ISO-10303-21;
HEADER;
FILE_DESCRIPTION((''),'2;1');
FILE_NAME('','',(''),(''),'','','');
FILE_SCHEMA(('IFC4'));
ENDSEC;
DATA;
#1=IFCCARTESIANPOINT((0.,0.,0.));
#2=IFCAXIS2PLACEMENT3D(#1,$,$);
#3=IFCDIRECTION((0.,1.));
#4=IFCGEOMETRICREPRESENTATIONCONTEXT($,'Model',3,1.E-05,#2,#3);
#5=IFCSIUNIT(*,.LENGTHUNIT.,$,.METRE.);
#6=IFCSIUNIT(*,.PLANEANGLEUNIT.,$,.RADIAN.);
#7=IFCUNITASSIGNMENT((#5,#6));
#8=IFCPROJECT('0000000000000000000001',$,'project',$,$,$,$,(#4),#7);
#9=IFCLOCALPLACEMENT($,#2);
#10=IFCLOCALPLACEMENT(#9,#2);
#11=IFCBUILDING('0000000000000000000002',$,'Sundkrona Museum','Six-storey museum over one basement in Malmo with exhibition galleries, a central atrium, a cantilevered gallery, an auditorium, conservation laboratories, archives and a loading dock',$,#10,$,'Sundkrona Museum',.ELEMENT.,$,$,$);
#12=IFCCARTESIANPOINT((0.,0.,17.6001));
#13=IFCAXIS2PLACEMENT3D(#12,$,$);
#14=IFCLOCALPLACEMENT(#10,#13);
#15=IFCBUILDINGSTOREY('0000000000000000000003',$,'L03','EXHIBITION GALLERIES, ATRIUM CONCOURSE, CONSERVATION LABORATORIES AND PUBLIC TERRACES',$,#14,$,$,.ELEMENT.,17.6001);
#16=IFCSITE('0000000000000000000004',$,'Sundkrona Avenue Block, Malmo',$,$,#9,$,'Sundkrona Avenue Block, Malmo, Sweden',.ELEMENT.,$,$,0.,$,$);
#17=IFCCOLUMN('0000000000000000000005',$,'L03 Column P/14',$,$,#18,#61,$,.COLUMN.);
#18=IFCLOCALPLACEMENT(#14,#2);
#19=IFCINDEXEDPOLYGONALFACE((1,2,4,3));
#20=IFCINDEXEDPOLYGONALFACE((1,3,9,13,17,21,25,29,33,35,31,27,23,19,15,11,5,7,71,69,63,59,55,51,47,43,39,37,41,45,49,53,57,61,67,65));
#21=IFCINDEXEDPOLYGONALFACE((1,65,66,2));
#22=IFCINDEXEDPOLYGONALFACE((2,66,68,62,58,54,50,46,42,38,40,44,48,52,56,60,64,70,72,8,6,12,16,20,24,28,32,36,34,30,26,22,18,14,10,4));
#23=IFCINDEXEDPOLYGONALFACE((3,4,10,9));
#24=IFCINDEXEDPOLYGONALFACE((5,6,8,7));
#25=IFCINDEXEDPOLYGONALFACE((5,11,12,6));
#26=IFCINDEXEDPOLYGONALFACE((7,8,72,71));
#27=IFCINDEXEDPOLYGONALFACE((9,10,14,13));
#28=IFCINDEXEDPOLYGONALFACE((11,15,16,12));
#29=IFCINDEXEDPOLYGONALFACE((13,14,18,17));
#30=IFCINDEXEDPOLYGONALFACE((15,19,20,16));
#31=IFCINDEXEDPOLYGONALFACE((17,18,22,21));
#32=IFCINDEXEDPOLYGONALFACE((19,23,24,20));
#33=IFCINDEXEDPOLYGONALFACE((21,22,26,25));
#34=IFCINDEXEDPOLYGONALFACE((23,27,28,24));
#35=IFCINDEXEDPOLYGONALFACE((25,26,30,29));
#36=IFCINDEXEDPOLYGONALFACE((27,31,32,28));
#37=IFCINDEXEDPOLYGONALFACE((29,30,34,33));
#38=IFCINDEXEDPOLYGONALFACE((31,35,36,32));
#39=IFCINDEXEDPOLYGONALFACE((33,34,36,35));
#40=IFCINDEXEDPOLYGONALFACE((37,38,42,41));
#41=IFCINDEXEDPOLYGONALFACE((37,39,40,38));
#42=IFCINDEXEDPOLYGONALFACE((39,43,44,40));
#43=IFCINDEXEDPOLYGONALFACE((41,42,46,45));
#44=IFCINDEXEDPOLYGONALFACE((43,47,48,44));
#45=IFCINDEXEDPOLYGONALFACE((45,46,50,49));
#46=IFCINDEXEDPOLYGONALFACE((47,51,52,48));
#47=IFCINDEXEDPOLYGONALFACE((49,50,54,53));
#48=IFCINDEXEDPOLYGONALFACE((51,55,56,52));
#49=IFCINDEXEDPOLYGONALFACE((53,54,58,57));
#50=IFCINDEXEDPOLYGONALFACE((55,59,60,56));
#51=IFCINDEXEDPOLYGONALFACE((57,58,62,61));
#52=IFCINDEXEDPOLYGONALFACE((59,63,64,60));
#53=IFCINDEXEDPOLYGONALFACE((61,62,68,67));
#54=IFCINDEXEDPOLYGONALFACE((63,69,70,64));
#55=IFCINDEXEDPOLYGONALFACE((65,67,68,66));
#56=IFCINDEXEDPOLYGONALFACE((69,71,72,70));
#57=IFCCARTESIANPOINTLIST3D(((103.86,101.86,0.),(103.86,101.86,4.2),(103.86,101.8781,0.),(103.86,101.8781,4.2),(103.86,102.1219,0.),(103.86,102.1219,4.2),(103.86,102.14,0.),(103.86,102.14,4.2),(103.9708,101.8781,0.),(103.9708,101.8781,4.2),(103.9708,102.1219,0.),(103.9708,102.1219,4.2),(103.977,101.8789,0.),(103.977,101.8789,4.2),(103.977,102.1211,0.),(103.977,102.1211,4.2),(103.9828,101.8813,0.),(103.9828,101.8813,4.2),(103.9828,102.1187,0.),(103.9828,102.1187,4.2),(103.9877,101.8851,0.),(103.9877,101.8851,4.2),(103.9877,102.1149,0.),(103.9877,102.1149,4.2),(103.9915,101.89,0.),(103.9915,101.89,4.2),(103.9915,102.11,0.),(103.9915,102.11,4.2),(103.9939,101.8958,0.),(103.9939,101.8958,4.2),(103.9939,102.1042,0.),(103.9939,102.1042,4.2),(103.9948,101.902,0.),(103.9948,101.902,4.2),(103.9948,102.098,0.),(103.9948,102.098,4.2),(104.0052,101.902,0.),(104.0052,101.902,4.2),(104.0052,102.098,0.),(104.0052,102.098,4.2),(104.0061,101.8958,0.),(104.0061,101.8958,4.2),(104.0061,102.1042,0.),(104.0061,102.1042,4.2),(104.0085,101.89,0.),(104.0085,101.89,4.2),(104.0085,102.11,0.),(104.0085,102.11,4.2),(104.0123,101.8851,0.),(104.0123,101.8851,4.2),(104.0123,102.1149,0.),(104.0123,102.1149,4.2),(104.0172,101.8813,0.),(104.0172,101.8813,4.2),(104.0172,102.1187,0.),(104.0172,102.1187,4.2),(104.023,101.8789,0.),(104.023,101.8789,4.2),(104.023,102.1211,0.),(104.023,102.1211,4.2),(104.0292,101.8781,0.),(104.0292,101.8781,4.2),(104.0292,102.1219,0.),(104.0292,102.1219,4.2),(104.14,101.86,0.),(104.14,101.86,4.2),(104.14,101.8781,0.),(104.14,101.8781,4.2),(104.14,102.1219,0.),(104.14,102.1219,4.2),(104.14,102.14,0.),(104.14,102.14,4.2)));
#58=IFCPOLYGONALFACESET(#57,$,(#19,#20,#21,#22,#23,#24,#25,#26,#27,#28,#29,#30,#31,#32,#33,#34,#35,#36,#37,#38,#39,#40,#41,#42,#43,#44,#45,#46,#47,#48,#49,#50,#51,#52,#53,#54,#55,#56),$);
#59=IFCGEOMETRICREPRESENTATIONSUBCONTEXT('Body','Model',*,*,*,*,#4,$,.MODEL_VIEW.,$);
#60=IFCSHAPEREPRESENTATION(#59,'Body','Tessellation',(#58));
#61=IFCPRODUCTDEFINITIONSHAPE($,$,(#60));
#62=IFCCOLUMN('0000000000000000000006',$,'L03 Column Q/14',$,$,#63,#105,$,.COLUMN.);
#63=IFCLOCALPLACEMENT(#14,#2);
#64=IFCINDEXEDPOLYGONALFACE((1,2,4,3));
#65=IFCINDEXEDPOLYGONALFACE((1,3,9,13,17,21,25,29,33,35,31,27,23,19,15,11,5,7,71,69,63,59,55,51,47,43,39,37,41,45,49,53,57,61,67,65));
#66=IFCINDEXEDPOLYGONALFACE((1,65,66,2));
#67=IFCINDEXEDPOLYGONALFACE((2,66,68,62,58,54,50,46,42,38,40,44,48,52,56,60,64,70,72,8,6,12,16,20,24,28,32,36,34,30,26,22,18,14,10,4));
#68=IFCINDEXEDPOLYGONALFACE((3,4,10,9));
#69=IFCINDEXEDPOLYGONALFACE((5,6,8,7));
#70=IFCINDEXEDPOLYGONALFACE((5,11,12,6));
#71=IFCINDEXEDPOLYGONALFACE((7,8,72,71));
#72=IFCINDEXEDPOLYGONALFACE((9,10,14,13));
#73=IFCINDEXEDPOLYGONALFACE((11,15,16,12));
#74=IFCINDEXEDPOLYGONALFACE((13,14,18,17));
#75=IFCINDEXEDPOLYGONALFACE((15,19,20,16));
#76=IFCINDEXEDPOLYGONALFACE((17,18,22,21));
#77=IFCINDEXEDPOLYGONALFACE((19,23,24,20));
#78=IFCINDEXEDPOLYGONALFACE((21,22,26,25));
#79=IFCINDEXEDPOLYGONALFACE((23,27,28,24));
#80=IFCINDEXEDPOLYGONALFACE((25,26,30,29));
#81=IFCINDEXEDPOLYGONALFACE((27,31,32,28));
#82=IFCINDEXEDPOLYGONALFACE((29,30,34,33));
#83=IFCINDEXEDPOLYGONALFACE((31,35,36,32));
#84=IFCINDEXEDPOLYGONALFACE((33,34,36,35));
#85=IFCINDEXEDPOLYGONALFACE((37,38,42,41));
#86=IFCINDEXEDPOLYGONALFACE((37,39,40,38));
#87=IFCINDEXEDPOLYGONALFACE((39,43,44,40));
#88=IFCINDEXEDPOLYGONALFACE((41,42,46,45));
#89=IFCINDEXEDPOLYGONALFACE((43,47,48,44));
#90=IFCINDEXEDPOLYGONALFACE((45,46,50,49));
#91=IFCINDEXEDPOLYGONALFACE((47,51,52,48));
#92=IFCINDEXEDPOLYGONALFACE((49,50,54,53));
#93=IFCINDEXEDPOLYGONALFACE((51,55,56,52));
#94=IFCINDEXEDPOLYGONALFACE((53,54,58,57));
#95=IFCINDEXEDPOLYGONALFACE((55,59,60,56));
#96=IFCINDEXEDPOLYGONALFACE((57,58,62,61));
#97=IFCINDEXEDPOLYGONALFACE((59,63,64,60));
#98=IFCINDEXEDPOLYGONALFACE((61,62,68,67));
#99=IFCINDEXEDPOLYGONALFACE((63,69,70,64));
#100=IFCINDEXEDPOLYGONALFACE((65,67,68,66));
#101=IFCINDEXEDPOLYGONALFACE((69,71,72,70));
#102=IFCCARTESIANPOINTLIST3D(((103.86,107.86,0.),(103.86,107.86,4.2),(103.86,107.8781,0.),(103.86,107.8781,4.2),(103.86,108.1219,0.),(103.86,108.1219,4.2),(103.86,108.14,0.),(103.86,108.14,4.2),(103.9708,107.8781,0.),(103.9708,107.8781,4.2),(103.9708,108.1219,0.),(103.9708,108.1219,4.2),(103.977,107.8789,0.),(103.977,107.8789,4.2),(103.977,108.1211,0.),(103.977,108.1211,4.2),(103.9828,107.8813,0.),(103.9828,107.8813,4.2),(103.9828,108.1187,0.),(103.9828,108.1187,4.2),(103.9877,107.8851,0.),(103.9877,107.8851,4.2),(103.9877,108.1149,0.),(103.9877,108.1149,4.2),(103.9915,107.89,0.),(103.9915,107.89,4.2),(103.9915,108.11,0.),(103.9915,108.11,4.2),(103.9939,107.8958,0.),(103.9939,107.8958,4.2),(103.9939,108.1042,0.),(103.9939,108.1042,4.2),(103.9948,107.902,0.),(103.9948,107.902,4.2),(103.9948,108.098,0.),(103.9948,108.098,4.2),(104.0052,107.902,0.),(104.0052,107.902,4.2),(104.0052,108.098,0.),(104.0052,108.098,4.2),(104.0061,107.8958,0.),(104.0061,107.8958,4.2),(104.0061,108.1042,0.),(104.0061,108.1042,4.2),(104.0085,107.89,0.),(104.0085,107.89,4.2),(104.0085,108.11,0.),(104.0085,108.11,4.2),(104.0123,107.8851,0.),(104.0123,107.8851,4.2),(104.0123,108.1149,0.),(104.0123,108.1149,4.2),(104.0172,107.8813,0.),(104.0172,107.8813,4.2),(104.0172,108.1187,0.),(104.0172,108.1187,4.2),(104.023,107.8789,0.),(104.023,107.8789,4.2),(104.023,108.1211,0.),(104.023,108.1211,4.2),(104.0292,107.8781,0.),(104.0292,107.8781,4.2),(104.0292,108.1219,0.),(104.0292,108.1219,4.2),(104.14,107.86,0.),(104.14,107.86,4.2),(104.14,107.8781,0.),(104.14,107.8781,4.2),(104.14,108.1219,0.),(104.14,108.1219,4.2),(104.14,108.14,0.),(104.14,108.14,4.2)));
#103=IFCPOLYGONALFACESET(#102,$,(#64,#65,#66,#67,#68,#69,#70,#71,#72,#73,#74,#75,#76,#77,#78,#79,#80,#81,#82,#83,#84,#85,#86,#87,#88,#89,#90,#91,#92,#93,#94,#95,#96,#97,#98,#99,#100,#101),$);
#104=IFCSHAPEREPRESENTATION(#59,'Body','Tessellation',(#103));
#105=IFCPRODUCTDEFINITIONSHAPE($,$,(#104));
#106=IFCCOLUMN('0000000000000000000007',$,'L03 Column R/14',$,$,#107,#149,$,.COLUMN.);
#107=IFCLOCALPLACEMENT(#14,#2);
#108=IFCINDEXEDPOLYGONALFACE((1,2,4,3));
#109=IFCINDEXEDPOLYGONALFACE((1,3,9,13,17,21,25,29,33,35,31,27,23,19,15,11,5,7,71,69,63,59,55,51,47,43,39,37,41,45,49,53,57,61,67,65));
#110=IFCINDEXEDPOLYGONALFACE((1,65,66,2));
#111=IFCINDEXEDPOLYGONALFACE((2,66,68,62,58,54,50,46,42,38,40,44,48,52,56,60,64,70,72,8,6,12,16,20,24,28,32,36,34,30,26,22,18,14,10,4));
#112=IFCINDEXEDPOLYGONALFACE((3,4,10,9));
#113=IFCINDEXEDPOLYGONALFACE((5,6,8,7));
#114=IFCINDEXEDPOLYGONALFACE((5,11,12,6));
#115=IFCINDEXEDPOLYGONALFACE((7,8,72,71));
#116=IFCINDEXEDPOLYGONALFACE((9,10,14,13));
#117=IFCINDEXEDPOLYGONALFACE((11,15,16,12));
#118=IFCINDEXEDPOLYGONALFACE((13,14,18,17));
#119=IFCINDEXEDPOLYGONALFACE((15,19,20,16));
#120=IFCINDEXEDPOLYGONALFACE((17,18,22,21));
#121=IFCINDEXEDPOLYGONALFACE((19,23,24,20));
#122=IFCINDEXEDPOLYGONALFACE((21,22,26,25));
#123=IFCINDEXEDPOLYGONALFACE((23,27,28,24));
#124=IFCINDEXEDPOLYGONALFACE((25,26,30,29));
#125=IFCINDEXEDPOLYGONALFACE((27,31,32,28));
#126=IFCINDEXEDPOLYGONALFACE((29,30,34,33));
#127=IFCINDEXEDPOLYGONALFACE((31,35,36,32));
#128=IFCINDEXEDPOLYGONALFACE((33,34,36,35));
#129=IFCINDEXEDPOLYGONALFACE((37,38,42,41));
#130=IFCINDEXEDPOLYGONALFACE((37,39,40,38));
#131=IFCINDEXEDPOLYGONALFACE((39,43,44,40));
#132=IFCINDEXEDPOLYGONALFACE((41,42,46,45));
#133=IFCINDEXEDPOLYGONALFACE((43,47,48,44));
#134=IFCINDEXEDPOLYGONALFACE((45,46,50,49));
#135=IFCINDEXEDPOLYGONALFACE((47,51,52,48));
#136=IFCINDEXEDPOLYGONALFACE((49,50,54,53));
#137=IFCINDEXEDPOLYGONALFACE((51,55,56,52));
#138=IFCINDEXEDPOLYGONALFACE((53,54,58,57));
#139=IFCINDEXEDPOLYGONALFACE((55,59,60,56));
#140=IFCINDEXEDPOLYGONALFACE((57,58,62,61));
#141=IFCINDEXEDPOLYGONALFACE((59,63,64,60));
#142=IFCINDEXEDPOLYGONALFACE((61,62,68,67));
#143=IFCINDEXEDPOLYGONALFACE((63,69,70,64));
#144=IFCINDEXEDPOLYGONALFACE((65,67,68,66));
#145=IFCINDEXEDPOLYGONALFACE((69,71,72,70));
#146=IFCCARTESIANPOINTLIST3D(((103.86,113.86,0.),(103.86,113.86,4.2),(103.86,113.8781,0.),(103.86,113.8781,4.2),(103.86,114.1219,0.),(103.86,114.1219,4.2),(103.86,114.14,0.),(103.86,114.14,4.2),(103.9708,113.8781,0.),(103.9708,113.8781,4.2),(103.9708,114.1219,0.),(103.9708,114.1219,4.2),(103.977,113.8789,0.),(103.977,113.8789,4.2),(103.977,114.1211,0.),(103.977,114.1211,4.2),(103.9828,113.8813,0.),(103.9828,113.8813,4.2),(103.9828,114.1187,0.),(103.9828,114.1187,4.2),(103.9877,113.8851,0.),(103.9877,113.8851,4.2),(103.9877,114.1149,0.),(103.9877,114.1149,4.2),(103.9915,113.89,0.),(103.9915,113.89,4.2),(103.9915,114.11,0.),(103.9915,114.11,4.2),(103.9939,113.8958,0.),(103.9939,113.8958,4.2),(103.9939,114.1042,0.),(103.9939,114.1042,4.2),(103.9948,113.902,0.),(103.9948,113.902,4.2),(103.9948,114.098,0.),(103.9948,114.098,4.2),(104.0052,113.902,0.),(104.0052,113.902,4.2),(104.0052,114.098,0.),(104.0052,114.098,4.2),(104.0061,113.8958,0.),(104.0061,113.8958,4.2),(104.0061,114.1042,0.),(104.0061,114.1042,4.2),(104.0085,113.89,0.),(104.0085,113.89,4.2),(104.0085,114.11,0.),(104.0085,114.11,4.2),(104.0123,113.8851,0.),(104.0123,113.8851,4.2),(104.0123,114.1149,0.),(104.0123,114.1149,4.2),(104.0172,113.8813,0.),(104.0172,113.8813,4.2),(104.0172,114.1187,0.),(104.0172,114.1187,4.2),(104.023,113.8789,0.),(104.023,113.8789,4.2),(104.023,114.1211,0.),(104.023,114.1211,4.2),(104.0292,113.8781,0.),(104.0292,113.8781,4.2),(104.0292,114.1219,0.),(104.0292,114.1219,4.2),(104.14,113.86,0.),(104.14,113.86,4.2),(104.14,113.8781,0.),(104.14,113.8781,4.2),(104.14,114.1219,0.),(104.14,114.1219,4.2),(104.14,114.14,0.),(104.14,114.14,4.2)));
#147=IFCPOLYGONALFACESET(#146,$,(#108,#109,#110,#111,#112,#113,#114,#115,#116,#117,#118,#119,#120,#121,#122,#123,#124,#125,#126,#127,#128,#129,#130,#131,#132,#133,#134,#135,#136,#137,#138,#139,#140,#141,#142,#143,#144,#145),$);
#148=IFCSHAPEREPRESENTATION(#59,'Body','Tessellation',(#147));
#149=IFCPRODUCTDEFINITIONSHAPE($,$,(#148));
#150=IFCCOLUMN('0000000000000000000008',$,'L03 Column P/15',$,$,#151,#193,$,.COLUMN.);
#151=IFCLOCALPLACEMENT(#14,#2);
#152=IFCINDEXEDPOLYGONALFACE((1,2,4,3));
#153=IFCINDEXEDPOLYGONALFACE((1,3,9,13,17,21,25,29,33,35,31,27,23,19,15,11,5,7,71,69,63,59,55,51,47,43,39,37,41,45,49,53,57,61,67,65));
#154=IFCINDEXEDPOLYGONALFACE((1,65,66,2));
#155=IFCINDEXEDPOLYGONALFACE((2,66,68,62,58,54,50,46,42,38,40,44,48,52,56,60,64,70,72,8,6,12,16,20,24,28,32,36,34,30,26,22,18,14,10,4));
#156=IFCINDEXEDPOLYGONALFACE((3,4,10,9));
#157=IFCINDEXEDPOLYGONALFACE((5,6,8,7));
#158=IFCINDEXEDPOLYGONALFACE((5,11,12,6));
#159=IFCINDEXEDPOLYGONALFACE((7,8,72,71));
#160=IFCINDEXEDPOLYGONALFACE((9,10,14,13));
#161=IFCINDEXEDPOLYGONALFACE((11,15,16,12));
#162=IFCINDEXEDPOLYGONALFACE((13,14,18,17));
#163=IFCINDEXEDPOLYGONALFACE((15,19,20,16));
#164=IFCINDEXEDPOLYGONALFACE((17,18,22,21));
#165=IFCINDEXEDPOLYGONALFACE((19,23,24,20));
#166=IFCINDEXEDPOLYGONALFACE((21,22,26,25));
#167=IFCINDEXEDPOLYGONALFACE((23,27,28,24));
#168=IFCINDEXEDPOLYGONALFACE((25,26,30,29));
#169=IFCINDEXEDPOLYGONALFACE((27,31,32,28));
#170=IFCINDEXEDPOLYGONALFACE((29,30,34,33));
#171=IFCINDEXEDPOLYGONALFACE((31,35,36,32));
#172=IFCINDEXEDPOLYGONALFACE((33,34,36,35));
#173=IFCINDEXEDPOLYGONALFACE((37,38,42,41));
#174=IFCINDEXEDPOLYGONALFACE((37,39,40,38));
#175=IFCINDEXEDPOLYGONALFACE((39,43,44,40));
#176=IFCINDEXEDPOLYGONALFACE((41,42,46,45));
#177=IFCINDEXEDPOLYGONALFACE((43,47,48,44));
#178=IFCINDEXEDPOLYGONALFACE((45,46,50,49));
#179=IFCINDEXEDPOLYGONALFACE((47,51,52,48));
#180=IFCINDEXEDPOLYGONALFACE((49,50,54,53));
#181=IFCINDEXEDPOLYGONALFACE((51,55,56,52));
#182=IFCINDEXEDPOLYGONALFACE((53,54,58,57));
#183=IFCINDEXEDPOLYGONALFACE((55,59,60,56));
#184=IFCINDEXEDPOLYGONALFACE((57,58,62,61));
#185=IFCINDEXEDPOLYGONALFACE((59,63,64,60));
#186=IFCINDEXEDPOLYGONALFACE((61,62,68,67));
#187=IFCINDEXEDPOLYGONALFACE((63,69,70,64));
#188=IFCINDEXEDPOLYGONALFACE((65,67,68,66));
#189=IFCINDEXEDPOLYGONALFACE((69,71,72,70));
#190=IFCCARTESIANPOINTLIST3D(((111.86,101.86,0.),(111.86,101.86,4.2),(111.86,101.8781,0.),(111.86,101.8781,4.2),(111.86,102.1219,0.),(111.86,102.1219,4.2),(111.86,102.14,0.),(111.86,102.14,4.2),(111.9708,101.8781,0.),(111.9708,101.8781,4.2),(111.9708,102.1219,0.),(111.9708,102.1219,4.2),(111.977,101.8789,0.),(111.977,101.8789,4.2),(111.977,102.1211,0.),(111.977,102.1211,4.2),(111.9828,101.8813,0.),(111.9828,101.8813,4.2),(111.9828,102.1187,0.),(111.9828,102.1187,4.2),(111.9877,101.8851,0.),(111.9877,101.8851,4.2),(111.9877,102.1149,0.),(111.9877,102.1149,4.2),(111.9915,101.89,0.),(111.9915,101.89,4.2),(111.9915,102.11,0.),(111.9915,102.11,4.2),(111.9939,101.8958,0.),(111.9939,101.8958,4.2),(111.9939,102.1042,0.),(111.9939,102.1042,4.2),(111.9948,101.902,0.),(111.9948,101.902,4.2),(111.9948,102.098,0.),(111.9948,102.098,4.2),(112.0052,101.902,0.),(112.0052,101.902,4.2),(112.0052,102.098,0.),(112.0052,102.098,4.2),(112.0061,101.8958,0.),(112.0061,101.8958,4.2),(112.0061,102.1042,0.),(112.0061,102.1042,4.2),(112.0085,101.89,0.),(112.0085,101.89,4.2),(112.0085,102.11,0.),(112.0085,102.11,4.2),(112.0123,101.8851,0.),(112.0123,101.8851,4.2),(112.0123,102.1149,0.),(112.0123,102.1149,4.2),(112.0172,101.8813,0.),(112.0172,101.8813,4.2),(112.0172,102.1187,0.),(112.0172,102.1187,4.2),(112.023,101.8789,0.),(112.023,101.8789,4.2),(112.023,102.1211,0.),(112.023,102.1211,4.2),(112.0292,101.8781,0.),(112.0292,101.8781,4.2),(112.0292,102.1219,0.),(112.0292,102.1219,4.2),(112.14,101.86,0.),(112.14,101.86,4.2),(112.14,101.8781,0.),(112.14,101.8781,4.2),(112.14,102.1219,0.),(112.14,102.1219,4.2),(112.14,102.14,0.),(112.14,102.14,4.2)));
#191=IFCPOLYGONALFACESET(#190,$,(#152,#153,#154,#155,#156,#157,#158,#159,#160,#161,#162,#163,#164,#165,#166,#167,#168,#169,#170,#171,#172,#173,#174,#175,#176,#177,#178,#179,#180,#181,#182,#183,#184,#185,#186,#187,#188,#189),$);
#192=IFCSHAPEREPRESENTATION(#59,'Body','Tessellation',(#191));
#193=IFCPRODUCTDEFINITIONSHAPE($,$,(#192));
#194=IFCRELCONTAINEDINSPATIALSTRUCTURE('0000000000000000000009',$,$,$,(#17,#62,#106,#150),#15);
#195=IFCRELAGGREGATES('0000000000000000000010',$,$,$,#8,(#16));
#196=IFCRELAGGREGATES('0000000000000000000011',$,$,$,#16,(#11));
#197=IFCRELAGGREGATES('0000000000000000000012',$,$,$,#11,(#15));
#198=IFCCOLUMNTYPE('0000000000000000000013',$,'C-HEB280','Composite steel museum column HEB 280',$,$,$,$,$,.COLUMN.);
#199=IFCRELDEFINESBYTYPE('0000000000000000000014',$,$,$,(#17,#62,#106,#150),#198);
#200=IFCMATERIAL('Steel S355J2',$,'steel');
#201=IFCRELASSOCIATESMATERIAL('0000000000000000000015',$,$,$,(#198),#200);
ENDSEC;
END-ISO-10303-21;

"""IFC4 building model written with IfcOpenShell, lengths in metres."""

from ifc_helpers import new_model, si_unit, direction, frame, origin, origin_2d, place, context, subcontext, project, spatial, i_section, extrude, material, material_profile, profile_set, type_object, element, save


model = new_model("IFC4")

# Units and contexts
model_context = context("Model", 3, precision=1e-05, world=origin(), true_north=direction((0.0, 1.0)))
body_context = subcontext(model_context, "Body", "Model", "MODEL_VIEW")
ifc_project = project(units=[si_unit("LENGTHUNIT", "METRE"), si_unit("PLANEANGLEUNIT", "RADIAN")], contexts=[model_context])

# Site, building, storey
site_placement = place(None, origin())
site = spatial("IfcSite", under=ifc_project, at=site_placement, Name="Sundkrona Avenue Block, Malmo", LongName="Sundkrona Avenue Block, Malmo, Sweden", CompositionType="ELEMENT", RefElevation=0.0)
building_placement = place(site_placement, origin())
building = spatial("IfcBuilding", under=site, at=building_placement, Name="Sundkrona Museum", Description="Six-storey museum over one basement in Malmo with exhibition galleries, a central atrium, a cantilevered gallery, an auditorium, conservation laboratories, archives and a loading dock", LongName="Sundkrona Museum", CompositionType="ELEMENT")
storey_placement = place(building_placement, frame((0.0, 0.0, 17.6001)))
storey = spatial("IfcBuildingStorey", under=building, at=storey_placement, Name="L03", Description="EXHIBITION GALLERIES, ATRIUM CONCOURSE, CONSERVATION LABORATORIES AND PUBLIC TERRACES", CompositionType="ELEMENT", Elevation=17.6001)

# Columns
ifc_material_1 = material(Name="Steel S355J2", Category="steel")
ifc_material_profile = material_profile(ifc_material_1, i_section(OverallWidth=0.28, OverallDepth=0.28, WebThickness=0.0105, FlangeThickness=0.0181, FilletRadius=0.0239, at=origin_2d()), Name="HEB 280")
ifc_profile_set = profile_set([ifc_material_profile], Name="Steel S355J2")
column_type = type_object("IfcColumnType", Name="C-HEB280", Description="Composite steel museum column HEB 280", PredefinedType="COLUMN", material=ifc_profile_set)
for number, where, z_axis, x_axis, name in (
    (1, (104.0, 102.0, 0.0), (0.0, 0.0, 1.0), (1.0, 0.0, 0.0), "L03 Column P/14"),
    (2, (104.0, 108.0, 0.0), (0.0, 0.0, 1.0), (1.0, 0.0, 0.0), "L03 Column Q/14"),
    (3, (104.0, 114.0, 0.0), (0.0, 0.0, 1.0), (1.0, 0.0, 0.0), "L03 Column R/14"),
    (4, (112.0, 102.0, 0.0), (0.0, 0.0, 1.0), (1.0, 0.0, 0.0), "L03 Column P/15"),
):
    element("IfcColumn", number, at=place(storey_placement, frame(where, z_axis=z_axis, x_axis=x_axis)), inside=storey, type_object=column_type, Name=name, PredefinedType="COLUMN", context=body_context, shape_type="SweptSolid", body=[
        extrude(i_section(OverallWidth=0.28, OverallDepth=0.28, WebThickness=0.0105, FlangeThickness=0.0181, FilletRadius=0.0239, at=origin_2d()), origin(), (0.0, 0.0, 1.0), 4.2),
    ])

save(model, "model.ifc")
